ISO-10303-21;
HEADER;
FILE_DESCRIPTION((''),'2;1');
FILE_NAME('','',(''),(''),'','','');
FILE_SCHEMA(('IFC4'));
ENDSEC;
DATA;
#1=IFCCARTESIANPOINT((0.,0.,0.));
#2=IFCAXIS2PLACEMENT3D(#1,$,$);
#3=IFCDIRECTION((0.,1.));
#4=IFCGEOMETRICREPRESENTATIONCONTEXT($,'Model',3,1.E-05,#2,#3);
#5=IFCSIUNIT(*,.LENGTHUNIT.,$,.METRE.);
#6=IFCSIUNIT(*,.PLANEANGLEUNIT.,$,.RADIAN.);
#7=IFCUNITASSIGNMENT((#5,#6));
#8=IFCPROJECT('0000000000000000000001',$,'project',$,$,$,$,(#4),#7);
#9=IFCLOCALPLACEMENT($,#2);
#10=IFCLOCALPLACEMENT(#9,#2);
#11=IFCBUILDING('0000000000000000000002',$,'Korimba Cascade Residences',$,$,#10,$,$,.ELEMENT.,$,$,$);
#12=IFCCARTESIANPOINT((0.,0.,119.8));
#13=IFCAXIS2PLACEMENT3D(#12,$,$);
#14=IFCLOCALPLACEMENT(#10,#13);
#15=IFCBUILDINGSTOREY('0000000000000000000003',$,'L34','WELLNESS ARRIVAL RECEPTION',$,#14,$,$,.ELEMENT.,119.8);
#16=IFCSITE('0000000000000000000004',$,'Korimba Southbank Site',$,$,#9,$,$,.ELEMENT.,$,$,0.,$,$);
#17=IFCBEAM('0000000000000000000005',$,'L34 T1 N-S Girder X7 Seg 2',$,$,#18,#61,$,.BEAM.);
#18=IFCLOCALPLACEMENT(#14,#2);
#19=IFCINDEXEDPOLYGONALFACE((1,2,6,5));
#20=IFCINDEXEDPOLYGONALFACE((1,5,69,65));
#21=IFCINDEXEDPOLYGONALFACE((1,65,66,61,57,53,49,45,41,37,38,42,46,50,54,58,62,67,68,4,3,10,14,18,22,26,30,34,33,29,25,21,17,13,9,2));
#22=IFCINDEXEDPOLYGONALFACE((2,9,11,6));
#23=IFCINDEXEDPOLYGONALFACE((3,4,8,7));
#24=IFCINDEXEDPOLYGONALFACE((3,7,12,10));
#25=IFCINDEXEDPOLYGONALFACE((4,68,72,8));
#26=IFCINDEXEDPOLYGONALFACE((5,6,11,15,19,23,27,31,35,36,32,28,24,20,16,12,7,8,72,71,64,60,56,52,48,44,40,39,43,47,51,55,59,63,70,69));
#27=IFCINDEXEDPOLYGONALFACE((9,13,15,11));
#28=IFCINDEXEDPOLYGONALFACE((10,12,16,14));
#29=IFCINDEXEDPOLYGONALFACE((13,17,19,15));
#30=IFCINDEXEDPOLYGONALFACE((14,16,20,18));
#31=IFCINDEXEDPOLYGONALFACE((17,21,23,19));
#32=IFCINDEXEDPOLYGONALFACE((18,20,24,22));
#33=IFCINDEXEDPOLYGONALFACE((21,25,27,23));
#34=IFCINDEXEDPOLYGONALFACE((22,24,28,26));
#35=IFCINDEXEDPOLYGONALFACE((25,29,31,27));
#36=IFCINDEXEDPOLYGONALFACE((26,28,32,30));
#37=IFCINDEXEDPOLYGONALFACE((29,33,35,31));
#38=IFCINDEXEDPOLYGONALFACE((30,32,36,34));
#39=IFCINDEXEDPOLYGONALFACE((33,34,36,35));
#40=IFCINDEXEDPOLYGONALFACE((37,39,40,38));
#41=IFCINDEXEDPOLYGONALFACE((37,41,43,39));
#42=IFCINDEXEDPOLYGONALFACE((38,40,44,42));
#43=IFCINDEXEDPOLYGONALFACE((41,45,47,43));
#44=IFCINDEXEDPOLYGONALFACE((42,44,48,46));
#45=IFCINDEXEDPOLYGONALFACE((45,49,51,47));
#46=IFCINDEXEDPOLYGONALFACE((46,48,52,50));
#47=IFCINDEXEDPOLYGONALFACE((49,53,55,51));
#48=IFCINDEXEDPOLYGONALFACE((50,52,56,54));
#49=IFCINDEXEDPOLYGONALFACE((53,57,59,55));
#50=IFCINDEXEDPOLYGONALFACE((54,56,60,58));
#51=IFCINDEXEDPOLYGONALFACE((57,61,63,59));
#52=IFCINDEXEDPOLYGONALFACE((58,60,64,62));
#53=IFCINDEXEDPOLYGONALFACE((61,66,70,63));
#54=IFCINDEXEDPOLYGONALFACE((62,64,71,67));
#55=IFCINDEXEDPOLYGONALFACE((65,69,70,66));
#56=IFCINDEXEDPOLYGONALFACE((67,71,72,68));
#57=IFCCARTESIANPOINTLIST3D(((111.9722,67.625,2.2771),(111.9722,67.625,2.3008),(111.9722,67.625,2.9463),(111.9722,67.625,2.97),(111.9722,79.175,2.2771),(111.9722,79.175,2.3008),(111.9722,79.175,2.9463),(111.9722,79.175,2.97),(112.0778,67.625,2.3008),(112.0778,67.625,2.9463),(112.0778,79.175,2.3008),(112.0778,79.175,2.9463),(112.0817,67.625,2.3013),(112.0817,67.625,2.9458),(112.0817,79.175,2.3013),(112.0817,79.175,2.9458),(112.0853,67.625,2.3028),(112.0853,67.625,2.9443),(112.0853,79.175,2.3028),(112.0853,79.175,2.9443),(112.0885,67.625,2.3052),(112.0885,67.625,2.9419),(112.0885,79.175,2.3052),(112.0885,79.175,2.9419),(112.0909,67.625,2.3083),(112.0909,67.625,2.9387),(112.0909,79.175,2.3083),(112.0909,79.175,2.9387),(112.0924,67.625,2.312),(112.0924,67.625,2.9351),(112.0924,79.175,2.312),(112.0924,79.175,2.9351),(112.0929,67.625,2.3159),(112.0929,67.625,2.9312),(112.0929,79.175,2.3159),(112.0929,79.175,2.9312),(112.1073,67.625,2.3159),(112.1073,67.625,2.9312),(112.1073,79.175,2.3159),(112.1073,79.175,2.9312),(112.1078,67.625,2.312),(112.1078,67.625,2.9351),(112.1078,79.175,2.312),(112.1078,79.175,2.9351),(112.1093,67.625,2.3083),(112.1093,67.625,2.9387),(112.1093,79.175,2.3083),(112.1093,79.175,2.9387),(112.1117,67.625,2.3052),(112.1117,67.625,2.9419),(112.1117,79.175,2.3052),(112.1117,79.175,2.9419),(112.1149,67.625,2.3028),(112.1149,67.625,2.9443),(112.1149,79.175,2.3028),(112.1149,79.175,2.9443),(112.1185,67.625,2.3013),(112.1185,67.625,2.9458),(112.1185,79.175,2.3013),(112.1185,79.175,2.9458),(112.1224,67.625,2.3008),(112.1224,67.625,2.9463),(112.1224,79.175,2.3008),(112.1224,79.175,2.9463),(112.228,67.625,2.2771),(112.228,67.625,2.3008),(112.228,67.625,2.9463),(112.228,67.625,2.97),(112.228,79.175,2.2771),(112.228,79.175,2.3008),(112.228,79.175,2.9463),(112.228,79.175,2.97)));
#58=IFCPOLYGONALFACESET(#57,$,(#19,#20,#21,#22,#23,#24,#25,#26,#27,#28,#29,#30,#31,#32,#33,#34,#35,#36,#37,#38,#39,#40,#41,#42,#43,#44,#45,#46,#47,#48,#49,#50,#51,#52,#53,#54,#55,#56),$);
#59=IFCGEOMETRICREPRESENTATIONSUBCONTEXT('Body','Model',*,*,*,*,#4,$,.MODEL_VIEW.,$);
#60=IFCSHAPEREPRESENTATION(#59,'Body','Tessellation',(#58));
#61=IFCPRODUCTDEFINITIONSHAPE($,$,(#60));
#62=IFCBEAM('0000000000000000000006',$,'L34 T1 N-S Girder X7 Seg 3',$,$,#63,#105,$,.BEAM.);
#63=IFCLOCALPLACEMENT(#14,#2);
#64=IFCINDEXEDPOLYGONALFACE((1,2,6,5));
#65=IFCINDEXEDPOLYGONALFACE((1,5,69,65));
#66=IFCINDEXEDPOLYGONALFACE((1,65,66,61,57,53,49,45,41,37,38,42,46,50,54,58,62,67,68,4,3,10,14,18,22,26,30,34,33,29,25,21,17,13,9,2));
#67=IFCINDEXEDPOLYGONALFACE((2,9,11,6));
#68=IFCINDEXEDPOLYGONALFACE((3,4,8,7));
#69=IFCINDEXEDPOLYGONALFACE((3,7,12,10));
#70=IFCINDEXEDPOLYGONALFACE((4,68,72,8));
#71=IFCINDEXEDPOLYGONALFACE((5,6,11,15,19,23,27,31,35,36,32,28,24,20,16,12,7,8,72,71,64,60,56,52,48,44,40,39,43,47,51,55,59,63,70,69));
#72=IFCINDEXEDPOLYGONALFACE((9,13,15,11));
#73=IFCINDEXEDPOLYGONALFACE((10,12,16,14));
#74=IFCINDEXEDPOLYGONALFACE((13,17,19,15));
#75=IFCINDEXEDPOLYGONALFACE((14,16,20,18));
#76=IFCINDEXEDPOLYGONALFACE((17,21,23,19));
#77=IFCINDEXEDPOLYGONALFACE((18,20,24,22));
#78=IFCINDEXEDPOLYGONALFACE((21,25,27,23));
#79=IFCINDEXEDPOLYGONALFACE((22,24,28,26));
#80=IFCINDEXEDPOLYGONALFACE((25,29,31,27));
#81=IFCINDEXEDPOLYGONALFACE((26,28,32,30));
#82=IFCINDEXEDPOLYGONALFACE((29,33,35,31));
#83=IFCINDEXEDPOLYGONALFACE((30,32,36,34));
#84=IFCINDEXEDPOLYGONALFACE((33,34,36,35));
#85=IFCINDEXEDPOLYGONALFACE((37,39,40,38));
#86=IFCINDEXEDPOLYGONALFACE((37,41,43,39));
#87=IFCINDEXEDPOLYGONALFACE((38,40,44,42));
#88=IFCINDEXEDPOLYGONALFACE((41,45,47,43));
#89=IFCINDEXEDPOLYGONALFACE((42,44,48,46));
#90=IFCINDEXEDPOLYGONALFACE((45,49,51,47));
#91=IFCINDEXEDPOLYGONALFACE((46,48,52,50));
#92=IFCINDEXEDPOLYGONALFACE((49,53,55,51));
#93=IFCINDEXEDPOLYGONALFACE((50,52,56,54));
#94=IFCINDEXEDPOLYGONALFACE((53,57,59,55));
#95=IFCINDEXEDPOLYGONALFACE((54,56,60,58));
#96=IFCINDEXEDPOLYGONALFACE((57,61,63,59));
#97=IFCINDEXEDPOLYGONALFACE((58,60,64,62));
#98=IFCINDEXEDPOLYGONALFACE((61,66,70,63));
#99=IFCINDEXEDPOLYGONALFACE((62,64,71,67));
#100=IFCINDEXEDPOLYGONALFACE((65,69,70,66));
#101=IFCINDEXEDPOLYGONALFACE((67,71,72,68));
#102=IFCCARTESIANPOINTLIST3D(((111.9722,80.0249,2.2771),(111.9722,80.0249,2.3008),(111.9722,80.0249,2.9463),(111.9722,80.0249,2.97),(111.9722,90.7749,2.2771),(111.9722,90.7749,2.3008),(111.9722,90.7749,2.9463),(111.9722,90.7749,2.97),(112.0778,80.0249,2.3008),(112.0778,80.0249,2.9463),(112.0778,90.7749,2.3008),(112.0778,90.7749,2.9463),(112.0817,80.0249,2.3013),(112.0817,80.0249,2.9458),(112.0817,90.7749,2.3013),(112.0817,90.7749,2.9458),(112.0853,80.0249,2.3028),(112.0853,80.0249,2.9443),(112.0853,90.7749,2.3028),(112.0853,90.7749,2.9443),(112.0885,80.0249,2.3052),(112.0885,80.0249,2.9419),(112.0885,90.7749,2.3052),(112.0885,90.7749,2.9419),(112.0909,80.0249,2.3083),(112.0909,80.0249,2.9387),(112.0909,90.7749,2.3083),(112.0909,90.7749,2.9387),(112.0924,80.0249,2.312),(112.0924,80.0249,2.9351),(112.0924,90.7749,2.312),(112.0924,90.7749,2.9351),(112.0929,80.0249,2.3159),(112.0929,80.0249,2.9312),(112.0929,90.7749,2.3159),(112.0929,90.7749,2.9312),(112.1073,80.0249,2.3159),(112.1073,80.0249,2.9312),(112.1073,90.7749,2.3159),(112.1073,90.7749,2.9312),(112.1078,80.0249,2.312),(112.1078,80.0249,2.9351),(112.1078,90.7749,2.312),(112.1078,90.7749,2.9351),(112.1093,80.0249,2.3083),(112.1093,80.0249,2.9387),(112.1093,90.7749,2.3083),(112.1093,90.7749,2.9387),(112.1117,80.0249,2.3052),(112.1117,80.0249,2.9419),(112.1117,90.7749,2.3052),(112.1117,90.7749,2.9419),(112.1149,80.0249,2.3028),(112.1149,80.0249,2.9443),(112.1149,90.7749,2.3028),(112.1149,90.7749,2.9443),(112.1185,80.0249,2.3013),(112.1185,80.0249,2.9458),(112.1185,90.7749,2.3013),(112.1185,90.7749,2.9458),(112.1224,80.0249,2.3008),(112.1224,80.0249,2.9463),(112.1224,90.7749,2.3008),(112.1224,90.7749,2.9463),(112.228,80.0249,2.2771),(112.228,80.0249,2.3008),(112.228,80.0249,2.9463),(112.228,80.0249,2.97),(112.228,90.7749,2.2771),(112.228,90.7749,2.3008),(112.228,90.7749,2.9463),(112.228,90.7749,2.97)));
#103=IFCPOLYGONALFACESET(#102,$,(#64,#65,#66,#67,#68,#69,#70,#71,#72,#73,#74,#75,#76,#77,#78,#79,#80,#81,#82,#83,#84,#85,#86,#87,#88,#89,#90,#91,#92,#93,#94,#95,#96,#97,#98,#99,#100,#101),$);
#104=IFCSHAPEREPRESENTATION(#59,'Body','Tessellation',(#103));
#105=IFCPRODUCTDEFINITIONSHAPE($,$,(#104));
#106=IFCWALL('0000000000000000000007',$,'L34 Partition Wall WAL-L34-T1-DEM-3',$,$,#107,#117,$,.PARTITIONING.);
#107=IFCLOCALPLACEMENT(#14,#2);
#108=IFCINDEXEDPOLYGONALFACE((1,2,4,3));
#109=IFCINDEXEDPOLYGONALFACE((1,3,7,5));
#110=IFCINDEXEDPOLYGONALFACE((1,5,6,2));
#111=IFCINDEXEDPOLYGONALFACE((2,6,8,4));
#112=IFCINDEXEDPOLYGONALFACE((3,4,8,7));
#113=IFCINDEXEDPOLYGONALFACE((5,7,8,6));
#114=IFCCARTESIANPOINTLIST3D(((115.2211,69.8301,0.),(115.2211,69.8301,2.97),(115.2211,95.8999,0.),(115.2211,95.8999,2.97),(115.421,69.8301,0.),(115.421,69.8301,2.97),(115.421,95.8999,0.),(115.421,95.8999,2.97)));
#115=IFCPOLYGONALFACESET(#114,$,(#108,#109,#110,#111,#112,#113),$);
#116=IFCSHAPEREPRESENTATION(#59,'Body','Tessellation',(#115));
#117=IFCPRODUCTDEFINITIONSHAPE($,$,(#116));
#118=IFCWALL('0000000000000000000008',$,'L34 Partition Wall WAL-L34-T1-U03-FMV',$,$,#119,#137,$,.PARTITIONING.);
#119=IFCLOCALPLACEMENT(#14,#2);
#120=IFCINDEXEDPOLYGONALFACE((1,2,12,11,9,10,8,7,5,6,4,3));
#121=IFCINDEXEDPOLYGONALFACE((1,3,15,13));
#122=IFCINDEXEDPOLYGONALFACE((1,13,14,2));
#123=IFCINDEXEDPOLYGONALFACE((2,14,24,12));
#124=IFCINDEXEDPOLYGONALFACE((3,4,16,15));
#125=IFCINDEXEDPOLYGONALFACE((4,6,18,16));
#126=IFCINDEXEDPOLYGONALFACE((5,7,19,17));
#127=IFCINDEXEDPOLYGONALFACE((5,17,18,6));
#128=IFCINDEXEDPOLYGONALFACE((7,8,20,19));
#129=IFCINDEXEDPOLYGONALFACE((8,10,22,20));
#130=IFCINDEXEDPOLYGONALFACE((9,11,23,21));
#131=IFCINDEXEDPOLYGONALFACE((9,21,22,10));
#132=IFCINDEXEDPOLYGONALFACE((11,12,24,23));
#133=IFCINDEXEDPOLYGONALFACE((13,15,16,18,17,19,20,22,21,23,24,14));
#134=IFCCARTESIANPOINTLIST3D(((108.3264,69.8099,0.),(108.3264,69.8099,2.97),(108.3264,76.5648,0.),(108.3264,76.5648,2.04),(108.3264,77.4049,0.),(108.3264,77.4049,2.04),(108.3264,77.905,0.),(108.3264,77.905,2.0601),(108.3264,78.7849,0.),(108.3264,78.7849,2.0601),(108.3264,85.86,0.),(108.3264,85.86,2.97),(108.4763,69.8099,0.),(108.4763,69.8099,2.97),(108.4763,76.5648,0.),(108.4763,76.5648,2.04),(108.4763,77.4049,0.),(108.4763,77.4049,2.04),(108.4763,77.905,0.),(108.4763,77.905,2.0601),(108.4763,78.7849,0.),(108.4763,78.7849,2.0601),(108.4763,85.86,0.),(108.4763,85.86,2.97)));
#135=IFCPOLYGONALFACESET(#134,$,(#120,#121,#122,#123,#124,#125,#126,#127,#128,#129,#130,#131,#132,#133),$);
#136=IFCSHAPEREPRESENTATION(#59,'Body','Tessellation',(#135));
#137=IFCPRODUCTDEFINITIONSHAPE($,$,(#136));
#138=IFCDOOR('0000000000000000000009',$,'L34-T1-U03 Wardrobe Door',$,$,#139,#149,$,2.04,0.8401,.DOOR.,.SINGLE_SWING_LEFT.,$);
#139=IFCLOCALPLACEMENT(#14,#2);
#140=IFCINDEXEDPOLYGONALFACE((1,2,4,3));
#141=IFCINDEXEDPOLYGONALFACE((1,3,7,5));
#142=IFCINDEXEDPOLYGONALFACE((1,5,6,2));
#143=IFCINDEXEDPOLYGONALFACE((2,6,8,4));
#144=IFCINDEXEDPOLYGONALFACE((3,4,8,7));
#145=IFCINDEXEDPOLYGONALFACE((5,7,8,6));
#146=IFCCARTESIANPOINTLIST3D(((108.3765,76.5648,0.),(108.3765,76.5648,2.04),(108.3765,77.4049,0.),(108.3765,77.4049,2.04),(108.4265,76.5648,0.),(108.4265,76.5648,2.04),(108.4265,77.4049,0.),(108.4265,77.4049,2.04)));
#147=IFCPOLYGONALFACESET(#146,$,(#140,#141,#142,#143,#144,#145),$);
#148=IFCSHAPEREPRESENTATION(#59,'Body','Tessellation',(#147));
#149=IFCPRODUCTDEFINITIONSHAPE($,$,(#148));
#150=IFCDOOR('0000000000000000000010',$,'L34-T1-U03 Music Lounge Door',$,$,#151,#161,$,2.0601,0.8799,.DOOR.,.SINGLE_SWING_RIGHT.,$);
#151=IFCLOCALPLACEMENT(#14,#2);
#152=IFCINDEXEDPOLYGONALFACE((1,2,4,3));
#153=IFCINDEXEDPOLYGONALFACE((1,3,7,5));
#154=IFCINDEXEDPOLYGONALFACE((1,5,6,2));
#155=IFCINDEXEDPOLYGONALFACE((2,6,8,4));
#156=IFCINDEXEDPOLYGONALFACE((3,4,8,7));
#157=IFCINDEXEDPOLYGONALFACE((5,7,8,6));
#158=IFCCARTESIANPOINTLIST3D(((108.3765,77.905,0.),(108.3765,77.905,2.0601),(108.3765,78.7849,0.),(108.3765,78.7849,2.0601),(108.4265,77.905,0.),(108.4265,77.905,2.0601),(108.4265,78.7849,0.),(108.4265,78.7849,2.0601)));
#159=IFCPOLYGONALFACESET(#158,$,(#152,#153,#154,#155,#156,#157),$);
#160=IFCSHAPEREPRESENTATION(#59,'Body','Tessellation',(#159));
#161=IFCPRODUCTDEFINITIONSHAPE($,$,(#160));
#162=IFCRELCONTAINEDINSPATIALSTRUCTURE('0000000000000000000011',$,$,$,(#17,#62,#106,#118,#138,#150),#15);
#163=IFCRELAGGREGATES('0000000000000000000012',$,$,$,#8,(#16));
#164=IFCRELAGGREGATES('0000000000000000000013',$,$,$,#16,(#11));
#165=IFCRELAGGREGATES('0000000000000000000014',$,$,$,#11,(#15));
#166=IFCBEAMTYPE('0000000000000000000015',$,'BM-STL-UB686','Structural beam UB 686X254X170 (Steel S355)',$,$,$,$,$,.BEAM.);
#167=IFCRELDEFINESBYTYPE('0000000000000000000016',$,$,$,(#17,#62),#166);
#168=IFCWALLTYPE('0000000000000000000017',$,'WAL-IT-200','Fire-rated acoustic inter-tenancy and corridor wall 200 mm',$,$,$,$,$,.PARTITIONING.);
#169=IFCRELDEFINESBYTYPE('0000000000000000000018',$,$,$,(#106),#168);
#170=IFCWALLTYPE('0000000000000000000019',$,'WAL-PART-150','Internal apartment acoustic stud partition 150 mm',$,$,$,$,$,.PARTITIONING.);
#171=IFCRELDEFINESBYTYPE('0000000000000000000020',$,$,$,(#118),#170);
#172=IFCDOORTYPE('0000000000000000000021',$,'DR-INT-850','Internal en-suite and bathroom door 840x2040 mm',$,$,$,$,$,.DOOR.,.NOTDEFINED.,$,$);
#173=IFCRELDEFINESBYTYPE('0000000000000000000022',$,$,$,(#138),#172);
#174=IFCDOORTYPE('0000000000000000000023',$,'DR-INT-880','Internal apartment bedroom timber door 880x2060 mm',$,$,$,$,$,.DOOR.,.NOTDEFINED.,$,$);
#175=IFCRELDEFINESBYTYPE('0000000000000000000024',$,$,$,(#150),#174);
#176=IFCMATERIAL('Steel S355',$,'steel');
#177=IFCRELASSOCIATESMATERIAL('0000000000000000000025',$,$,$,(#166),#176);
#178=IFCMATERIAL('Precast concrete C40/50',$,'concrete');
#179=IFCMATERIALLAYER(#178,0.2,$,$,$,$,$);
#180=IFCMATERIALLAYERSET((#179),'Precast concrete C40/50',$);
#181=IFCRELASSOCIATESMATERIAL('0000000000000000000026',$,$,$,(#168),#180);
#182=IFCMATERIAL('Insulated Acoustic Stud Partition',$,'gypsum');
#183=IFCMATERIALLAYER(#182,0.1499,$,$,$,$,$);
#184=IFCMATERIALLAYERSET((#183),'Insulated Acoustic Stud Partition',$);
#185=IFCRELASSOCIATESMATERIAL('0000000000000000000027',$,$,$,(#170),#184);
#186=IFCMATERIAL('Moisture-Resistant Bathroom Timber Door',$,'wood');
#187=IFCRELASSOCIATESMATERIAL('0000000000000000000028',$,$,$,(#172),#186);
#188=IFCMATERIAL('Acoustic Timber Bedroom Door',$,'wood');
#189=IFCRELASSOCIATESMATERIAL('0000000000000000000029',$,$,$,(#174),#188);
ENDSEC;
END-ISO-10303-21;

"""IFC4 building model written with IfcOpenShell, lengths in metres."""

from ifc_helpers import new_model, si_unit, direction, frame, frame_2d, origin, origin_2d, place, context, subcontext, project, spatial, rectangle, i_section, extrude, material, layer, layer_set, material_profile, profile_set, type_object, element, fill, save


model = new_model("IFC4")

# Units and contexts
model_context = context("Model", 3, precision=1e-05, world=origin(), true_north=direction((0.0, 1.0)))
body_context = subcontext(model_context, "Body", "Model", "MODEL_VIEW")
ifc_project = project(units=[si_unit("LENGTHUNIT", "METRE"), si_unit("PLANEANGLEUNIT", "RADIAN")], contexts=[model_context])

# Site, building, storey
site_placement = place(None, origin())
site = spatial("IfcSite", under=ifc_project, at=site_placement, Name="Korimba Southbank Site", CompositionType="ELEMENT", RefElevation=0.0)
building_placement = place(site_placement, origin())
building = spatial("IfcBuilding", under=site, at=building_placement, Name="Korimba Cascade Residences", CompositionType="ELEMENT")
storey_placement = place(building_placement, frame((0.0, 0.0, 119.8)))
storey = spatial("IfcBuildingStorey", under=building, at=storey_placement, Name="L34", Description="WELLNESS ARRIVAL RECEPTION", CompositionType="ELEMENT", Elevation=119.8)

# Beams
ifc_material_1 = material(Name="Steel S355", Category="steel")
ifc_material_profile_1 = material_profile(ifc_material_1, i_section(OverallWidth=0.2559, OverallDepth=0.6929, WebThickness=0.0144, FlangeThickness=0.0237, FilletRadius=0.0151, at=origin_2d()), Name="Steel S355")
ifc_profile_set_1 = profile_set([ifc_material_profile_1], Name="Steel S355")
beam_type_1 = type_object("IfcBeamType", Name="BM-STL-UB686", Description="Structural beam UB 686X254X170 (Steel S355)", PredefinedType="BEAM", material=ifc_profile_set_1)
beam_1_placement = place(storey_placement, frame((112.1001, 67.625, 2.6235), z_axis=(0.0, 1.0, 0.0), x_axis=(-1.0, 0.0, 0.0)))
element("IfcBeam", 1, at=beam_1_placement, inside=storey, type_object=beam_type_1, Name="L34 T1 N-S Girder X7 Seg 2", PredefinedType="BEAM", context=body_context, shape_type="SweptSolid", body=[
    extrude(i_section(OverallWidth=0.2559, OverallDepth=0.6929, WebThickness=0.0144, FlangeThickness=0.0237, FilletRadius=0.0151, at=origin_2d()), origin(), (0.0, 0.0, 1.0), 11.55),
])
beam_2_placement = place(storey_placement, frame((112.1001, 80.0249, 2.6235), z_axis=(0.0, 1.0, 0.0), x_axis=(-1.0, 0.0, 0.0)))
element("IfcBeam", 2, at=beam_2_placement, inside=storey, type_object=beam_type_1, Name="L34 T1 N-S Girder X7 Seg 3", PredefinedType="BEAM", context=body_context, shape_type="SweptSolid", body=[
    extrude(i_section(OverallWidth=0.2559, OverallDepth=0.6929, WebThickness=0.0144, FlangeThickness=0.0237, FilletRadius=0.0151, at=origin_2d()), origin(), (0.0, 0.0, 1.0), 10.75),
])

# Wall
ifc_material_2 = material(Name="Precast concrete C40/50", Category="concrete")
ifc_layer_1 = layer(ifc_material_2, 0.2)
ifc_layer_set_1 = layer_set([ifc_layer_1], Name="Precast concrete C40/50")
wall_type_1 = type_object("IfcWallType", Name="WAL-IT-200", Description="Fire-rated acoustic inter-tenancy and corridor wall 200 mm", PredefinedType="PARTITIONING", material=ifc_layer_set_1)
wall_1_placement = place(storey_placement, frame((115.321, 69.8301, 0.0), z_axis=(0.0, 0.0, 1.0), x_axis=(0.0, 1.0, 0.0)))
element("IfcWall", 3, at=wall_1_placement, inside=storey, type_object=wall_type_1, Name="L34 Partition Wall WAL-L34-T1-DEM-3", PredefinedType="PARTITIONING", context=body_context, shape_type="SweptSolid", body=[
    extrude(rectangle(XDim=26.0698, YDim=0.2, at=frame_2d((13.0349, 0.0))), origin(), (0.0, 0.0, 1.0), 2.97),
])

# Wall, openings, doors
ifc_material_3 = material(Name="Insulated Acoustic Stud Partition", Category="gypsum")
ifc_layer_2 = layer(ifc_material_3, 0.1499)
ifc_layer_set_2 = layer_set([ifc_layer_2], Name="Insulated Acoustic Stud Partition")
wall_type_2 = type_object("IfcWallType", Name="WAL-PART-150", Description="Internal apartment acoustic stud partition 150 mm", PredefinedType="PARTITIONING", material=ifc_layer_set_2)
wall_2_placement = place(storey_placement, frame((108.4014, 69.8101, 0.0), z_axis=(0.0, 0.0, 1.0), x_axis=(0.0, 1.0, 0.0)))
wall_2 = element("IfcWall", 4, at=wall_2_placement, inside=storey, type_object=wall_type_2, Name="L34 Partition Wall WAL-L34-T1-U03-FMV", PredefinedType="PARTITIONING", context=body_context, shape_type="SweptSolid", body=[
    extrude(rectangle(XDim=16.05, YDim=0.1499, at=frame_2d((8.0249, 0.0))), origin(), (0.0, 0.0, 1.0), 2.97),
])
opening_1_placement = place(wall_2_placement, frame((6.7549, 0.0, 0.0)))
opening_1 = element("IfcOpeningElement", 5, at=opening_1_placement, cuts=wall_2, PredefinedType="OPENING", context=body_context, shape_type="SweptSolid", body=[
    extrude(rectangle(XDim=0.8401, YDim=2.04, at=frame_2d((0.4199, 1.02))), frame((0.0, 0.085, 0.0), z_axis=(0.0, -1.0, 0.0), x_axis=(1.0, 0.0, 0.0)), (0.0, 0.0, 1.0), 0.1699),
])
opening_2_placement = place(wall_2_placement, frame((8.095, 0.0, 0.0)))
opening_2 = element("IfcOpeningElement", 6, at=opening_2_placement, cuts=wall_2, PredefinedType="OPENING", context=body_context, shape_type="SweptSolid", body=[
    extrude(rectangle(XDim=0.8799, YDim=2.0601, at=frame_2d((0.4399, 1.03))), frame((0.0, 0.085, 0.0), z_axis=(0.0, -1.0, 0.0), x_axis=(1.0, 0.0, 0.0)), (0.0, 0.0, 1.0), 0.1699),
])
ifc_material_4 = material(Name="Moisture-Resistant Bathroom Timber Door", Category="wood")
door_type_1 = type_object("IfcDoorType", Name="DR-INT-850", Description="Internal en-suite and bathroom door 840x2040 mm", OperationType="NOTDEFINED", PredefinedType="DOOR", material=ifc_material_4)
door_1_placement = place(opening_1_placement, origin())
door_1 = element("IfcDoor", 7, at=door_1_placement, inside=storey, type_object=door_type_1, Name="L34-T1-U03 Wardrobe Door", OperationType="SINGLE_SWING_LEFT", OverallHeight=2.04, OverallWidth=0.8401, PredefinedType="DOOR", context=body_context, shape_type="SweptSolid", body=[
    extrude(rectangle(XDim=0.8401, YDim=2.04, at=frame_2d((0.4199, 1.02))), frame((0.0, 0.0249, 0.0), z_axis=(0.0, -1.0, 0.0), x_axis=(1.0, 0.0, 0.0)), (0.0, 0.0, 1.0), 0.05),
])
fill(opening_1, door_1)
ifc_material_5 = material(Name="Acoustic Timber Bedroom Door", Category="wood")
door_type_2 = type_object("IfcDoorType", Name="DR-INT-880", Description="Internal apartment bedroom timber door 880x2060 mm", OperationType="NOTDEFINED", PredefinedType="DOOR", material=ifc_material_5)
door_2_placement = place(opening_2_placement, origin())
door_2 = element("IfcDoor", 8, at=door_2_placement, inside=storey, type_object=door_type_2, Name="L34-T1-U03 Music Lounge Door", OperationType="SINGLE_SWING_RIGHT", OverallHeight=2.0601, OverallWidth=0.8799, PredefinedType="DOOR", context=body_context, shape_type="SweptSolid", body=[
    extrude(rectangle(XDim=0.8799, YDim=2.0601, at=frame_2d((0.4399, 1.03))), frame((0.0, 0.0249, 0.0), z_axis=(0.0, -1.0, 0.0), x_axis=(1.0, 0.0, 0.0)), (0.0, 0.0, 1.0), 0.05),
])
fill(opening_2, door_2)

save(model, "model.ifc")
